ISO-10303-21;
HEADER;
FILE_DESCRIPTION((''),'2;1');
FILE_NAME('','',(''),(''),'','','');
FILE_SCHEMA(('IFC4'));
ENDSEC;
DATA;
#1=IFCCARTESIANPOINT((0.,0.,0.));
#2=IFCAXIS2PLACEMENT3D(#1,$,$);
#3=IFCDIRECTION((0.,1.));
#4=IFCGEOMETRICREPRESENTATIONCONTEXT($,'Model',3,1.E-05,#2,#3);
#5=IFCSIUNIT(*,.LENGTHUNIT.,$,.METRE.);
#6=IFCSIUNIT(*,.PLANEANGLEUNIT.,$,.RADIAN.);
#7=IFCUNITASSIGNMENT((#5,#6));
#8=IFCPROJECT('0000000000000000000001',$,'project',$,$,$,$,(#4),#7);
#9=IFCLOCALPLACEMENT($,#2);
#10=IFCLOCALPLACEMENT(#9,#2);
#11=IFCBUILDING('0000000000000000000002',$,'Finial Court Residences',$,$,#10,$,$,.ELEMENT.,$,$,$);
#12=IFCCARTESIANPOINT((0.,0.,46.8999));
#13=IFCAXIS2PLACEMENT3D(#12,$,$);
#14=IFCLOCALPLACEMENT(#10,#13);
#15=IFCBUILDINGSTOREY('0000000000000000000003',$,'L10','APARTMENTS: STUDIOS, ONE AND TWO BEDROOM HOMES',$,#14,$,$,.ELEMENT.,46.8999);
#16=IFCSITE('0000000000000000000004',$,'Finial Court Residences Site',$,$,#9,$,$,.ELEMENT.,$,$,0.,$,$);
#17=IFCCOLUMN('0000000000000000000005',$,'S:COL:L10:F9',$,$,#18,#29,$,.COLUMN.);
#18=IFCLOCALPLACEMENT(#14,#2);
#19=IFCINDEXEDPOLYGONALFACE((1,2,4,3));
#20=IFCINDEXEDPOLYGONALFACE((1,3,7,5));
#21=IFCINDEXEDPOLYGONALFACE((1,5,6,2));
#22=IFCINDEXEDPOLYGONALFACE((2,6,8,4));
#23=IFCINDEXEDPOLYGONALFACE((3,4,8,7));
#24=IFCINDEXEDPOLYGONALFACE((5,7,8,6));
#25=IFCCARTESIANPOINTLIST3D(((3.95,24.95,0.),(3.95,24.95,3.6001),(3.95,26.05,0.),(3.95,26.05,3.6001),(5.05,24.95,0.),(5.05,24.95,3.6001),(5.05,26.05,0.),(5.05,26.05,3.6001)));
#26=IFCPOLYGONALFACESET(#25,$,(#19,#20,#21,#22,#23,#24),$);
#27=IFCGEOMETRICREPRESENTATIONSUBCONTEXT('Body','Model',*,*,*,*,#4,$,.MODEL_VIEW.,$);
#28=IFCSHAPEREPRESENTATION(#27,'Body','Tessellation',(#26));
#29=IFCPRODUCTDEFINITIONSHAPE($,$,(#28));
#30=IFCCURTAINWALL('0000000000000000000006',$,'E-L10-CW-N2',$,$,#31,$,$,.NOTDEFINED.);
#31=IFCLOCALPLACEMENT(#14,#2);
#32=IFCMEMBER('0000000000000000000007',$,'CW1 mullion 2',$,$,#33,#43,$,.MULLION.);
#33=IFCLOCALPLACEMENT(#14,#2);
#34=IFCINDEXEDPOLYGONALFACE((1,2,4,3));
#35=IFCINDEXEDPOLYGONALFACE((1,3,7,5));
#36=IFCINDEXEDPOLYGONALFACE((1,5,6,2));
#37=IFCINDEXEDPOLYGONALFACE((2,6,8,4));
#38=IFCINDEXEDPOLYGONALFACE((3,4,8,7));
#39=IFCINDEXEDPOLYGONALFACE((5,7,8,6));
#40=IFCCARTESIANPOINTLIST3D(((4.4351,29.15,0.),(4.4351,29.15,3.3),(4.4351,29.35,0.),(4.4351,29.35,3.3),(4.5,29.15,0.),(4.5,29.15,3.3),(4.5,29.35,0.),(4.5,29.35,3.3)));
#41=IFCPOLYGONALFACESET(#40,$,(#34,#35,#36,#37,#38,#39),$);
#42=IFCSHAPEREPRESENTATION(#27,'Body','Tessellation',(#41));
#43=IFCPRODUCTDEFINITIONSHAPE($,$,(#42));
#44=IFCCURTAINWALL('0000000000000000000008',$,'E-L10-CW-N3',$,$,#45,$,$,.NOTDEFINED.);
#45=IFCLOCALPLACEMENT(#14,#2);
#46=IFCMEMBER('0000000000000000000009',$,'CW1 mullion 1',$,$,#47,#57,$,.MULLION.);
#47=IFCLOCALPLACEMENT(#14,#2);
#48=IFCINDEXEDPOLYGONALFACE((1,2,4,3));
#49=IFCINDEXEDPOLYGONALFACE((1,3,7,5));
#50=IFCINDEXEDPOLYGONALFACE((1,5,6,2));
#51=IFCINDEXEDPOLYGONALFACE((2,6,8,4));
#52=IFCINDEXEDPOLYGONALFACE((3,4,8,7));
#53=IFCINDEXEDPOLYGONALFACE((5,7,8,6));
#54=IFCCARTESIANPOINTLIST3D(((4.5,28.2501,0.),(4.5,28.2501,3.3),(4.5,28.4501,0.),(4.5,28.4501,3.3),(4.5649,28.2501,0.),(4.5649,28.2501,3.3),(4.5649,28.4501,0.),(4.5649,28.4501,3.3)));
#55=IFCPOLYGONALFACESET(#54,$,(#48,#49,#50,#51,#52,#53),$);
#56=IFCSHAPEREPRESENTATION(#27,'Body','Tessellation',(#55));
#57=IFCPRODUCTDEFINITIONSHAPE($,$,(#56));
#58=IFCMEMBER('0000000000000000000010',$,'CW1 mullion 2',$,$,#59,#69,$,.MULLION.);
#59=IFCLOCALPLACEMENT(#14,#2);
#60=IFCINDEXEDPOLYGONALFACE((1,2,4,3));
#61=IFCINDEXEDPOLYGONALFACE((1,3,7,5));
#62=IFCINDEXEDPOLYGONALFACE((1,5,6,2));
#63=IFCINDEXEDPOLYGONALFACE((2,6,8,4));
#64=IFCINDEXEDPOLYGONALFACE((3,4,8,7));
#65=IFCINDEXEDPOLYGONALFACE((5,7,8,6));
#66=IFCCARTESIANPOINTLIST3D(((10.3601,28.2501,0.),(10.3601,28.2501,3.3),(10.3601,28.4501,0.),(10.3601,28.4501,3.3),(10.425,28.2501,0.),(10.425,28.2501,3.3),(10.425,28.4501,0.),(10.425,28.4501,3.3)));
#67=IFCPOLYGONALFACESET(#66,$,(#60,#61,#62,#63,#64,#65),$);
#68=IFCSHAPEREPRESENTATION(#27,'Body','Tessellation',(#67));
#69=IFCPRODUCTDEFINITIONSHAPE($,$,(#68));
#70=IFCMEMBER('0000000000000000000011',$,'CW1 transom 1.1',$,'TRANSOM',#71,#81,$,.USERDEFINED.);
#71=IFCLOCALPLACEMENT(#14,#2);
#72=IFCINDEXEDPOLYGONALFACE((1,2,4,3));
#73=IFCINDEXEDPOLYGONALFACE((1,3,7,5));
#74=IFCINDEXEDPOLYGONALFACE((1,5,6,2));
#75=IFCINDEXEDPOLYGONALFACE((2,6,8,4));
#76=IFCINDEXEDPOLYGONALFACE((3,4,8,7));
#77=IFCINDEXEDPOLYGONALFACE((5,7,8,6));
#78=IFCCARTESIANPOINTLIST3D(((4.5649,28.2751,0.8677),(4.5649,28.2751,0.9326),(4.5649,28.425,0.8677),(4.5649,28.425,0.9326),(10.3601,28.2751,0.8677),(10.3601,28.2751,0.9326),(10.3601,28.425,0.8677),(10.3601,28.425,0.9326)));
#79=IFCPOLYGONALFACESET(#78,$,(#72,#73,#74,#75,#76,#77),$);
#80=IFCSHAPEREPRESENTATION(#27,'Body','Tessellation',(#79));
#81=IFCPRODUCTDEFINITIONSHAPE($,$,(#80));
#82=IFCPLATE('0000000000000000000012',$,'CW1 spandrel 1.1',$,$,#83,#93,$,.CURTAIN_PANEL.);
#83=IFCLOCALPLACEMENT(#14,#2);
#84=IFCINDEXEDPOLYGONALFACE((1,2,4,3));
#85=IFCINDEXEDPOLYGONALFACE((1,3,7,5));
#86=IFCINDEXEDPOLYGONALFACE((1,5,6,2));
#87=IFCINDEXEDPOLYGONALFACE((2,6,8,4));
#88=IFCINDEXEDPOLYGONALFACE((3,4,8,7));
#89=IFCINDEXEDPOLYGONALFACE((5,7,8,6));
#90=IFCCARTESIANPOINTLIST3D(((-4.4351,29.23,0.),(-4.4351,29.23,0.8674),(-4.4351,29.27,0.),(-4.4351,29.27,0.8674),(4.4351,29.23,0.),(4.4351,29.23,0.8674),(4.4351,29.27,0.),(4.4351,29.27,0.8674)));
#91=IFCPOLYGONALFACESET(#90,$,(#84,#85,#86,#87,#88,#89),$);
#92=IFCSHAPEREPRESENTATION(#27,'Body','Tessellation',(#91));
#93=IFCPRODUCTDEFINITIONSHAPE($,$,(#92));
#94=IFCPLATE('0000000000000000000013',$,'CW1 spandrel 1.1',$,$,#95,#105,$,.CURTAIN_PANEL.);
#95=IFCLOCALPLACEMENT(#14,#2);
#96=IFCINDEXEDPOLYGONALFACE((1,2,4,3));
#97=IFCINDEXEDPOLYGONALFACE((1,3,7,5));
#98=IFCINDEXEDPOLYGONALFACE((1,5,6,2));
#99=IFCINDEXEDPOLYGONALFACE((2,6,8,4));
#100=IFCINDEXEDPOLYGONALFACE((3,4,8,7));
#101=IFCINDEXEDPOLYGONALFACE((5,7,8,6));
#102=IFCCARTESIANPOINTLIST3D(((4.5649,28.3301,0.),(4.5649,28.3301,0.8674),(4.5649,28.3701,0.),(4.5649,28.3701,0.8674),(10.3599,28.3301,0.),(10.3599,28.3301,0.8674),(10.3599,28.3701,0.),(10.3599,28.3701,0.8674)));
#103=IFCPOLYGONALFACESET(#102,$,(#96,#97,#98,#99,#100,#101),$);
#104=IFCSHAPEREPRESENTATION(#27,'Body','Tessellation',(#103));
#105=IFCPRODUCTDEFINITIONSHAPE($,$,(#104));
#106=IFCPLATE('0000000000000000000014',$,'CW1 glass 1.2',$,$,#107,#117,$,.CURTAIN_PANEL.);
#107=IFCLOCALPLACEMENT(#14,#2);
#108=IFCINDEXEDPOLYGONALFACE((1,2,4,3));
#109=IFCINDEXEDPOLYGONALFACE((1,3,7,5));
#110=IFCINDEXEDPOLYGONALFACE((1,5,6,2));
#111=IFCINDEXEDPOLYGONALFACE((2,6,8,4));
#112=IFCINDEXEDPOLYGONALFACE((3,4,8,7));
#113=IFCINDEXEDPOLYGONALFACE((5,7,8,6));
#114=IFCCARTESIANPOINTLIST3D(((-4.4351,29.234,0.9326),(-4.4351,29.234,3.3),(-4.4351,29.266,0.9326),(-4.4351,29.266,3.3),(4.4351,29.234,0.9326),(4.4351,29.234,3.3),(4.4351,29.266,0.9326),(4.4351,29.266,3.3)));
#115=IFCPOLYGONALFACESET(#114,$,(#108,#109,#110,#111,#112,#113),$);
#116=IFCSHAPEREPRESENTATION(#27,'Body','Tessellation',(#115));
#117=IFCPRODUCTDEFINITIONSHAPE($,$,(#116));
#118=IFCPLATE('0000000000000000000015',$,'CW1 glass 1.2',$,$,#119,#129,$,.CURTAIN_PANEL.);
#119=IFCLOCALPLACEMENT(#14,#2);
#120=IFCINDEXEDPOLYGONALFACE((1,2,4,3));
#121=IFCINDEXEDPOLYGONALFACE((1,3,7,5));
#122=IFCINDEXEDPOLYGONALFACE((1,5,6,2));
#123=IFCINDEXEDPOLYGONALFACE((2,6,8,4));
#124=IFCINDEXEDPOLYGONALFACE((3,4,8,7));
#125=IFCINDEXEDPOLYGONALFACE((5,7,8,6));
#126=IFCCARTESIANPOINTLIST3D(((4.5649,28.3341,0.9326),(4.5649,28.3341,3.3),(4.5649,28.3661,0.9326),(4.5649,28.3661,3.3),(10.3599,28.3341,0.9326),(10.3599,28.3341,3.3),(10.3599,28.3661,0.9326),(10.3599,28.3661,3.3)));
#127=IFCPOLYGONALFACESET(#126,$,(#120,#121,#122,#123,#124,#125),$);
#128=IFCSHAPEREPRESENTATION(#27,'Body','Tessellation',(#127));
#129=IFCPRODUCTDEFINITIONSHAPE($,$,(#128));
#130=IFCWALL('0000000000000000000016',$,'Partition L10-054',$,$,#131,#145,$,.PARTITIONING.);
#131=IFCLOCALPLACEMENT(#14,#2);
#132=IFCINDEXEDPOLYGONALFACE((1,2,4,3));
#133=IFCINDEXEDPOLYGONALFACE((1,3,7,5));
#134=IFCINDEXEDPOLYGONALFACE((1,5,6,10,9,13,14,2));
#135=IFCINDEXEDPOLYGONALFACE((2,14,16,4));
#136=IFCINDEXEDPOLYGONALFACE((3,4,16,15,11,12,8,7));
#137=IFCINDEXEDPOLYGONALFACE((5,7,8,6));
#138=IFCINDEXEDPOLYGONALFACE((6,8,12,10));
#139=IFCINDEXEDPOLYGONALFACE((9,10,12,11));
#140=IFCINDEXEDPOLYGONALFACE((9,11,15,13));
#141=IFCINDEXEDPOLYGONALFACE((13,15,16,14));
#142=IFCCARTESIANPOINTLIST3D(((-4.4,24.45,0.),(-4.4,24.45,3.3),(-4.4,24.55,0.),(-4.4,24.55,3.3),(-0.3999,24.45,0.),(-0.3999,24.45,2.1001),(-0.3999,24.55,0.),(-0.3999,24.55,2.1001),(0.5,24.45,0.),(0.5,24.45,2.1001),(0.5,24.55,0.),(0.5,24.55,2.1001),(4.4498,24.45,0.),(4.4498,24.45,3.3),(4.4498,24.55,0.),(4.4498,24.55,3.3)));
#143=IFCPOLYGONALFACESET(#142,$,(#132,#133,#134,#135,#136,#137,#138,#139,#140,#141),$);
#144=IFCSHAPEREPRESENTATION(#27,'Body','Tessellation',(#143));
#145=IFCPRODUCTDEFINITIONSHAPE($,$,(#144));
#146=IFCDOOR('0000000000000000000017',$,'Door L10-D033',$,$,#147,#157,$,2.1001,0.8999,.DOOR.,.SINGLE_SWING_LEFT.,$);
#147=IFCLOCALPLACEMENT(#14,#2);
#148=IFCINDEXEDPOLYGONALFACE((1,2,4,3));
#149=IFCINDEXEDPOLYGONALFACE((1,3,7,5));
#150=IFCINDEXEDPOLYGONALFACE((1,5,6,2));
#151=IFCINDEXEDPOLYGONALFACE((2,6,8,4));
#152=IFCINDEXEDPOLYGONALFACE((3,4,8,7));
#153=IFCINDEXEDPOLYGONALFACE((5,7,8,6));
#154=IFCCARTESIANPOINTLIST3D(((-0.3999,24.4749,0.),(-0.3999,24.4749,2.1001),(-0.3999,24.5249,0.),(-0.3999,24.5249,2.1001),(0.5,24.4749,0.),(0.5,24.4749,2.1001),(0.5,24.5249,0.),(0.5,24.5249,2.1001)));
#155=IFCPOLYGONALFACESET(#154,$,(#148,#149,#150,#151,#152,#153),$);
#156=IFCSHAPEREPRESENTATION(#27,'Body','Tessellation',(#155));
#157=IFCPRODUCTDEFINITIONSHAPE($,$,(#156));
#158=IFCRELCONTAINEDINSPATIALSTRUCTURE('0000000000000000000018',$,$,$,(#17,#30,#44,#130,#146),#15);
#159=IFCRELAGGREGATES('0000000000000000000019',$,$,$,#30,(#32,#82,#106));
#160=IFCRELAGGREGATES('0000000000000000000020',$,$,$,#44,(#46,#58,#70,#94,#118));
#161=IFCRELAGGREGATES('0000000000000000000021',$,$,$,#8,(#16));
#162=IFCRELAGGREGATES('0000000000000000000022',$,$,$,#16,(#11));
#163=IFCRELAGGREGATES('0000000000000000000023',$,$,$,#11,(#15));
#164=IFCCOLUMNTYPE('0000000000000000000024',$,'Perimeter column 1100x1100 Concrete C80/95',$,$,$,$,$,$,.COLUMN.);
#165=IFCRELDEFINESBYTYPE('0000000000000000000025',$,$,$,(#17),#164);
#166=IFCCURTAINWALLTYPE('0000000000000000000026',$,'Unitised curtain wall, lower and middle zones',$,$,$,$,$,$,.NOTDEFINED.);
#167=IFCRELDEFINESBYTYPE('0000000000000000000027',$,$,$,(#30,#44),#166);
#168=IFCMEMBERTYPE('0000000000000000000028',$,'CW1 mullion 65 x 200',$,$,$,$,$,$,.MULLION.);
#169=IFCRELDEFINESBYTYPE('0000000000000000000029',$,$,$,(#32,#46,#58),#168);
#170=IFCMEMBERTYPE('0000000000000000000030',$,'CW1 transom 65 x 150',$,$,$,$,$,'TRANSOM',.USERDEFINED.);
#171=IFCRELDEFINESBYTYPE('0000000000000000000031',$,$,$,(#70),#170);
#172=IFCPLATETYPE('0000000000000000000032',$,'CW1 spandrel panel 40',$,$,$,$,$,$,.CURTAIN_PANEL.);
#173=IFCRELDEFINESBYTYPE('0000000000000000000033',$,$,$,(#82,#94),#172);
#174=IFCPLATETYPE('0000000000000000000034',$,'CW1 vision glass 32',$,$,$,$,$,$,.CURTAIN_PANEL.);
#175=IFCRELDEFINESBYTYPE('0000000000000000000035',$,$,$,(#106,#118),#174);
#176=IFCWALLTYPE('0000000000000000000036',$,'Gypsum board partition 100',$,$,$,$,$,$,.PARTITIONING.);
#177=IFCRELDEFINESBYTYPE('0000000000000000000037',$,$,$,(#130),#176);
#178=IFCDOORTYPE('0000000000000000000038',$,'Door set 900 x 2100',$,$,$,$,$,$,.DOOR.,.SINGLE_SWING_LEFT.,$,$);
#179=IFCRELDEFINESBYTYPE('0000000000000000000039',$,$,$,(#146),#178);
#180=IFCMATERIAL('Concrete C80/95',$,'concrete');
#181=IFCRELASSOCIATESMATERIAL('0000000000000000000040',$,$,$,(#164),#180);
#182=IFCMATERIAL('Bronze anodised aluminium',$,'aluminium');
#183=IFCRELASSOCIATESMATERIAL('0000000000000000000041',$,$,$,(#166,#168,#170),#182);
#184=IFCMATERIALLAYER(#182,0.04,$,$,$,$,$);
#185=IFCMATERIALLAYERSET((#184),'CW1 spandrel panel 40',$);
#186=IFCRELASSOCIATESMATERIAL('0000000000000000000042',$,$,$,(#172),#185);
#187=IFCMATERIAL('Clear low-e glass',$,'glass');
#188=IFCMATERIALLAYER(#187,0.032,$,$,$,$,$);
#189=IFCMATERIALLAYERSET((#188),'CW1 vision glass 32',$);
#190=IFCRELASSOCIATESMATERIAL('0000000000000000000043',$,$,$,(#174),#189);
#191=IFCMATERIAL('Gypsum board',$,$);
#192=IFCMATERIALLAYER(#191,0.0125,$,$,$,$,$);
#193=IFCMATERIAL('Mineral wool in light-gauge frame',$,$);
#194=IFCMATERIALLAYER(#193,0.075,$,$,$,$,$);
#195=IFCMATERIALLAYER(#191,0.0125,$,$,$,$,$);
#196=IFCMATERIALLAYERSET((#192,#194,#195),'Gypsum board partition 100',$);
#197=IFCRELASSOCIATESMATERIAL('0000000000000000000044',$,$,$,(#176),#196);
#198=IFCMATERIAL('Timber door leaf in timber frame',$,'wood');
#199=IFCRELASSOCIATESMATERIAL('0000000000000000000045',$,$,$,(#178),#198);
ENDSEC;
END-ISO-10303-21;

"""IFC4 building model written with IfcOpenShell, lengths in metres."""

from ifc_helpers import new_model, si_unit, direction, frame, frame_2d, origin, origin_2d, place, context, subcontext, project, spatial, rectangle, extrude, material, layer, layer_set, material_profile, profile_set, type_object, element, fill, aggregate, save


model = new_model("IFC4")

# Units and contexts
model_context = context("Model", 3, precision=1e-05, world=origin(), true_north=direction((0.0, 1.0)))
body_context = subcontext(model_context, "Body", "Model", "MODEL_VIEW")
ifc_project = project(units=[si_unit("LENGTHUNIT", "METRE"), si_unit("PLANEANGLEUNIT", "RADIAN")], contexts=[model_context])

# Site, building, storey
site_placement = place(None, origin())
site = spatial("IfcSite", under=ifc_project, at=site_placement, Name="Finial Court Residences Site", CompositionType="ELEMENT", RefElevation=0.0)
building_placement = place(site_placement, origin())
building = spatial("IfcBuilding", under=site, at=building_placement, Name="Finial Court Residences", CompositionType="ELEMENT")
storey_placement = place(building_placement, frame((0.0, 0.0, 46.8999)))
storey = spatial("IfcBuildingStorey", under=building, at=storey_placement, Name="L10", Description="APARTMENTS: STUDIOS, ONE AND TWO BEDROOM HOMES", CompositionType="ELEMENT", Elevation=46.8999)

# Column
ifc_material_1 = material(Name="Concrete C80/95", Category="concrete")
ifc_material_profile_1 = material_profile(ifc_material_1, rectangle(XDim=1.1001, YDim=1.1001, at=origin_2d()), Name="1100x1100")
ifc_profile_set_1 = profile_set([ifc_material_profile_1], Name="Concrete C80/95")
column_type = type_object("IfcColumnType", Name="Perimeter column 1100x1100 Concrete C80/95", PredefinedType="COLUMN", material=ifc_profile_set_1)
column_placement = place(storey_placement, frame((4.5, 25.5, 0.0), z_axis=(0.0, 0.0, 1.0), x_axis=(1.0, 0.0, 0.0)))
element("IfcColumn", 1, at=column_placement, inside=storey, type_object=column_type, Name="S:COL:L10:F9", PredefinedType="COLUMN", context=body_context, shape_type="SweptSolid", body=[
    extrude(rectangle(XDim=1.1001, YDim=1.1001, at=origin_2d()), origin(), (0.0, 0.0, 1.0), 3.6001),
])

# Curtain wall, member
ifc_material_2 = material(Name="Bronze anodised aluminium", Category="aluminium")
curtain_wall_type = type_object("IfcCurtainWallType", Name="Unitised curtain wall, lower and middle zones", PredefinedType="NOTDEFINED", material=ifc_material_2)
curtain_wall_1_placement = place(storey_placement, origin())
curtain_wall_1 = element("IfcCurtainWall", 2, at=curtain_wall_1_placement, inside=storey, type_object=curtain_wall_type, Name="E-L10-CW-N2", PredefinedType="NOTDEFINED")
ifc_material_profile_2 = material_profile(ifc_material_2, rectangle(XDim=0.2, YDim=0.0649, at=origin_2d()), Name="CW1 mullion 65 x 200")
ifc_profile_set_2 = profile_set([ifc_material_profile_2], Name="Bronze anodised aluminium")
member_type_1 = type_object("IfcMemberType", Name="CW1 mullion 65 x 200", PredefinedType="MULLION", material=ifc_profile_set_2)
member_1_placement = place(storey_placement, frame((4.4675, 29.25, 0.0), z_axis=(0.0, 0.0, 1.0), x_axis=(0.0, 1.0, 0.0)))
member_1 = element("IfcMember", 3, at=member_1_placement, type_object=member_type_1, Name="CW1 mullion 2", PredefinedType="MULLION", context=body_context, shape_type="SweptSolid", body=[
    extrude(rectangle(XDim=0.2, YDim=0.0649, at=origin_2d()), origin(), (0.0, 0.0, 1.0), 3.3),
])

# Curtain wall, members
curtain_wall_2_placement = place(storey_placement, origin())
curtain_wall_2 = element("IfcCurtainWall", 4, at=curtain_wall_2_placement, inside=storey, type_object=curtain_wall_type, Name="E-L10-CW-N3", PredefinedType="NOTDEFINED")
member_2_placement = place(storey_placement, frame((4.5325, 28.3501, 0.0), z_axis=(0.0, 0.0, 1.0), x_axis=(0.0, 1.0, 0.0)))
member_2 = element("IfcMember", 5, at=member_2_placement, type_object=member_type_1, Name="CW1 mullion 1", PredefinedType="MULLION", context=body_context, shape_type="SweptSolid", body=[
    extrude(rectangle(XDim=0.2, YDim=0.0649, at=origin_2d()), origin(), (0.0, 0.0, 1.0), 3.3),
])
member_3_placement = place(storey_placement, frame((10.3926, 28.3501, 0.0), z_axis=(0.0, 0.0, 1.0), x_axis=(0.0, 1.0, 0.0)))
member_3 = element("IfcMember", 6, at=member_3_placement, type_object=member_type_1, Name="CW1 mullion 2", PredefinedType="MULLION", context=body_context, shape_type="SweptSolid", body=[
    extrude(rectangle(XDim=0.2, YDim=0.0649, at=origin_2d()), origin(), (0.0, 0.0, 1.0), 3.3),
])
ifc_material_profile_3 = material_profile(ifc_material_2, rectangle(XDim=0.1499, YDim=0.0649, at=origin_2d()), Name="CW1 transom 65 x 150")
ifc_profile_set_3 = profile_set([ifc_material_profile_3], Name="Bronze anodised aluminium")
member_type_2 = type_object("IfcMemberType", Name="CW1 transom 65 x 150", ElementType="TRANSOM", PredefinedType="USERDEFINED", material=ifc_profile_set_3)
member_4_placement = place(storey_placement, frame((4.5649, 28.3501, 0.9001), z_axis=(1.0, 0.0, 0.0), x_axis=(0.0, 1.0, 0.0)))
member_4 = element("IfcMember", 7, at=member_4_placement, type_object=member_type_2, Name="CW1 transom 1.1", ObjectType="TRANSOM", PredefinedType="USERDEFINED", context=body_context, shape_type="SweptSolid", body=[
    extrude(rectangle(XDim=0.1499, YDim=0.0649, at=origin_2d()), origin(), (0.0, 0.0, 1.0), 5.7952),
])

# Plates
ifc_layer_1 = layer(ifc_material_2, 0.04)
ifc_layer_set_1 = layer_set([ifc_layer_1], Name="CW1 spandrel panel 40")
plate_type_1 = type_object("IfcPlateType", Name="CW1 spandrel panel 40", PredefinedType="CURTAIN_PANEL", material=ifc_layer_set_1)
plate_1_placement = place(storey_placement, frame((0.0, 29.25, 0.0), z_axis=(0.0, 0.0, 1.0), x_axis=(1.0, 0.0, 0.0)))
plate_1 = element("IfcPlate", 8, at=plate_1_placement, type_object=plate_type_1, Name="CW1 spandrel 1.1", PredefinedType="CURTAIN_PANEL", context=body_context, shape_type="SweptSolid", body=[
    extrude(rectangle(XDim=8.8701, YDim=0.04, at=origin_2d()), origin(), (0.0, 0.0, 1.0), 0.8674),
])
plate_2_placement = place(storey_placement, frame((7.4624, 28.3501, 0.0), z_axis=(0.0, 0.0, 1.0), x_axis=(1.0, 0.0, 0.0)))
plate_2 = element("IfcPlate", 9, at=plate_2_placement, type_object=plate_type_1, Name="CW1 spandrel 1.1", PredefinedType="CURTAIN_PANEL", context=body_context, shape_type="SweptSolid", body=[
    extrude(rectangle(XDim=5.7949, YDim=0.04, at=origin_2d()), origin(), (0.0, 0.0, 1.0), 0.8674),
])
ifc_material_3 = material(Name="Clear low-e glass", Category="glass")
ifc_layer_2 = layer(ifc_material_3, 0.032)
ifc_layer_set_2 = layer_set([ifc_layer_2], Name="CW1 vision glass 32")
plate_type_2 = type_object("IfcPlateType", Name="CW1 vision glass 32", PredefinedType="CURTAIN_PANEL", material=ifc_layer_set_2)
plate_3_placement = place(storey_placement, frame((0.0, 29.25, 0.9326), z_axis=(0.0, 0.0, 1.0), x_axis=(1.0, 0.0, 0.0)))
plate_3 = element("IfcPlate", 10, at=plate_3_placement, type_object=plate_type_2, Name="CW1 glass 1.2", PredefinedType="CURTAIN_PANEL", context=body_context, shape_type="SweptSolid", body=[
    extrude(rectangle(XDim=8.8701, YDim=0.032, at=origin_2d()), origin(), (0.0, 0.0, 1.0), 2.3674),
])
aggregate(curtain_wall_1, [member_1, plate_1, plate_3])
plate_4_placement = place(storey_placement, frame((7.4624, 28.3501, 0.9326), z_axis=(0.0, 0.0, 1.0), x_axis=(1.0, 0.0, 0.0)))
plate_4 = element("IfcPlate", 11, at=plate_4_placement, type_object=plate_type_2, Name="CW1 glass 1.2", PredefinedType="CURTAIN_PANEL", context=body_context, shape_type="SweptSolid", body=[
    extrude(rectangle(XDim=5.7949, YDim=0.032, at=origin_2d()), origin(), (0.0, 0.0, 1.0), 2.3674),
])
aggregate(curtain_wall_2, [member_2, member_3, member_4, plate_2, plate_4])

# Wall, opening, door
ifc_material_4 = material(Name="Gypsum board")
ifc_layer_3 = layer(ifc_material_4, 0.0125)
ifc_material_5 = material(Name="Mineral wool in light-gauge frame")
ifc_layer_4 = layer(ifc_material_5, 0.075)
ifc_layer_5 = layer(ifc_material_4, 0.0125)
ifc_layer_set_3 = layer_set([ifc_layer_3, ifc_layer_4, ifc_layer_5], Name="Gypsum board partition 100")
wall_type_1 = type_object("IfcWallType", Name="Gypsum board partition 100", PredefinedType="PARTITIONING", material=ifc_layer_set_3)
wall_1_placement = place(storey_placement, frame((-4.3999, 24.5, 0.0), z_axis=(0.0, 0.0, 1.0), x_axis=(1.0, 0.0, 0.0)))
wall_1 = element("IfcWall", 12, at=wall_1_placement, inside=storey, type_object=wall_type_1, Name="Partition L10-054", PredefinedType="PARTITIONING", context=body_context, shape_type="SweptSolid", body=[
    extrude(rectangle(XDim=8.8499, YDim=0.1001, at=frame_2d((4.4248, 0.0))), origin(), (0.0, 0.0, 1.0), 3.3),
])
opening_1_placement = place(wall_1_placement, frame((4.0, 0.0, 0.0)))
opening_1 = element("IfcOpeningElement", 13, at=opening_1_placement, cuts=wall_1, PredefinedType="OPENING", context=body_context, shape_type="SweptSolid", body=[
    extrude(rectangle(XDim=0.8999, YDim=2.1001, at=frame_2d((0.45, 1.05))), frame((0.0, 0.0601, 0.0), z_axis=(0.0, -1.0, 0.0), x_axis=(1.0, 0.0, 0.0)), (0.0, 0.0, 1.0), 0.1201),
])
ifc_material_6 = material(Name="Timber door leaf in timber frame", Category="wood")
door_type = type_object("IfcDoorType", Name="Door set 900 x 2100", OperationType="SINGLE_SWING_LEFT", PredefinedType="DOOR", material=ifc_material_6)
door_1_placement = place(opening_1_placement, origin())
door_1 = element("IfcDoor", 14, at=door_1_placement, inside=storey, type_object=door_type, Name="Door L10-D033", OperationType="SINGLE_SWING_LEFT", OverallHeight=2.1001, OverallWidth=0.8999, PredefinedType="DOOR", context=body_context, shape_type="SweptSolid", body=[
    extrude(rectangle(XDim=0.8999, YDim=2.1001, at=frame_2d((0.45, 1.05))), frame((0.0, 0.0249, 0.0), z_axis=(0.0, -1.0, 0.0), x_axis=(1.0, 0.0, 0.0)), (0.0, 0.0, 1.0), 0.05),
])
fill(opening_1, door_1)

save(model, "model.ifc")
